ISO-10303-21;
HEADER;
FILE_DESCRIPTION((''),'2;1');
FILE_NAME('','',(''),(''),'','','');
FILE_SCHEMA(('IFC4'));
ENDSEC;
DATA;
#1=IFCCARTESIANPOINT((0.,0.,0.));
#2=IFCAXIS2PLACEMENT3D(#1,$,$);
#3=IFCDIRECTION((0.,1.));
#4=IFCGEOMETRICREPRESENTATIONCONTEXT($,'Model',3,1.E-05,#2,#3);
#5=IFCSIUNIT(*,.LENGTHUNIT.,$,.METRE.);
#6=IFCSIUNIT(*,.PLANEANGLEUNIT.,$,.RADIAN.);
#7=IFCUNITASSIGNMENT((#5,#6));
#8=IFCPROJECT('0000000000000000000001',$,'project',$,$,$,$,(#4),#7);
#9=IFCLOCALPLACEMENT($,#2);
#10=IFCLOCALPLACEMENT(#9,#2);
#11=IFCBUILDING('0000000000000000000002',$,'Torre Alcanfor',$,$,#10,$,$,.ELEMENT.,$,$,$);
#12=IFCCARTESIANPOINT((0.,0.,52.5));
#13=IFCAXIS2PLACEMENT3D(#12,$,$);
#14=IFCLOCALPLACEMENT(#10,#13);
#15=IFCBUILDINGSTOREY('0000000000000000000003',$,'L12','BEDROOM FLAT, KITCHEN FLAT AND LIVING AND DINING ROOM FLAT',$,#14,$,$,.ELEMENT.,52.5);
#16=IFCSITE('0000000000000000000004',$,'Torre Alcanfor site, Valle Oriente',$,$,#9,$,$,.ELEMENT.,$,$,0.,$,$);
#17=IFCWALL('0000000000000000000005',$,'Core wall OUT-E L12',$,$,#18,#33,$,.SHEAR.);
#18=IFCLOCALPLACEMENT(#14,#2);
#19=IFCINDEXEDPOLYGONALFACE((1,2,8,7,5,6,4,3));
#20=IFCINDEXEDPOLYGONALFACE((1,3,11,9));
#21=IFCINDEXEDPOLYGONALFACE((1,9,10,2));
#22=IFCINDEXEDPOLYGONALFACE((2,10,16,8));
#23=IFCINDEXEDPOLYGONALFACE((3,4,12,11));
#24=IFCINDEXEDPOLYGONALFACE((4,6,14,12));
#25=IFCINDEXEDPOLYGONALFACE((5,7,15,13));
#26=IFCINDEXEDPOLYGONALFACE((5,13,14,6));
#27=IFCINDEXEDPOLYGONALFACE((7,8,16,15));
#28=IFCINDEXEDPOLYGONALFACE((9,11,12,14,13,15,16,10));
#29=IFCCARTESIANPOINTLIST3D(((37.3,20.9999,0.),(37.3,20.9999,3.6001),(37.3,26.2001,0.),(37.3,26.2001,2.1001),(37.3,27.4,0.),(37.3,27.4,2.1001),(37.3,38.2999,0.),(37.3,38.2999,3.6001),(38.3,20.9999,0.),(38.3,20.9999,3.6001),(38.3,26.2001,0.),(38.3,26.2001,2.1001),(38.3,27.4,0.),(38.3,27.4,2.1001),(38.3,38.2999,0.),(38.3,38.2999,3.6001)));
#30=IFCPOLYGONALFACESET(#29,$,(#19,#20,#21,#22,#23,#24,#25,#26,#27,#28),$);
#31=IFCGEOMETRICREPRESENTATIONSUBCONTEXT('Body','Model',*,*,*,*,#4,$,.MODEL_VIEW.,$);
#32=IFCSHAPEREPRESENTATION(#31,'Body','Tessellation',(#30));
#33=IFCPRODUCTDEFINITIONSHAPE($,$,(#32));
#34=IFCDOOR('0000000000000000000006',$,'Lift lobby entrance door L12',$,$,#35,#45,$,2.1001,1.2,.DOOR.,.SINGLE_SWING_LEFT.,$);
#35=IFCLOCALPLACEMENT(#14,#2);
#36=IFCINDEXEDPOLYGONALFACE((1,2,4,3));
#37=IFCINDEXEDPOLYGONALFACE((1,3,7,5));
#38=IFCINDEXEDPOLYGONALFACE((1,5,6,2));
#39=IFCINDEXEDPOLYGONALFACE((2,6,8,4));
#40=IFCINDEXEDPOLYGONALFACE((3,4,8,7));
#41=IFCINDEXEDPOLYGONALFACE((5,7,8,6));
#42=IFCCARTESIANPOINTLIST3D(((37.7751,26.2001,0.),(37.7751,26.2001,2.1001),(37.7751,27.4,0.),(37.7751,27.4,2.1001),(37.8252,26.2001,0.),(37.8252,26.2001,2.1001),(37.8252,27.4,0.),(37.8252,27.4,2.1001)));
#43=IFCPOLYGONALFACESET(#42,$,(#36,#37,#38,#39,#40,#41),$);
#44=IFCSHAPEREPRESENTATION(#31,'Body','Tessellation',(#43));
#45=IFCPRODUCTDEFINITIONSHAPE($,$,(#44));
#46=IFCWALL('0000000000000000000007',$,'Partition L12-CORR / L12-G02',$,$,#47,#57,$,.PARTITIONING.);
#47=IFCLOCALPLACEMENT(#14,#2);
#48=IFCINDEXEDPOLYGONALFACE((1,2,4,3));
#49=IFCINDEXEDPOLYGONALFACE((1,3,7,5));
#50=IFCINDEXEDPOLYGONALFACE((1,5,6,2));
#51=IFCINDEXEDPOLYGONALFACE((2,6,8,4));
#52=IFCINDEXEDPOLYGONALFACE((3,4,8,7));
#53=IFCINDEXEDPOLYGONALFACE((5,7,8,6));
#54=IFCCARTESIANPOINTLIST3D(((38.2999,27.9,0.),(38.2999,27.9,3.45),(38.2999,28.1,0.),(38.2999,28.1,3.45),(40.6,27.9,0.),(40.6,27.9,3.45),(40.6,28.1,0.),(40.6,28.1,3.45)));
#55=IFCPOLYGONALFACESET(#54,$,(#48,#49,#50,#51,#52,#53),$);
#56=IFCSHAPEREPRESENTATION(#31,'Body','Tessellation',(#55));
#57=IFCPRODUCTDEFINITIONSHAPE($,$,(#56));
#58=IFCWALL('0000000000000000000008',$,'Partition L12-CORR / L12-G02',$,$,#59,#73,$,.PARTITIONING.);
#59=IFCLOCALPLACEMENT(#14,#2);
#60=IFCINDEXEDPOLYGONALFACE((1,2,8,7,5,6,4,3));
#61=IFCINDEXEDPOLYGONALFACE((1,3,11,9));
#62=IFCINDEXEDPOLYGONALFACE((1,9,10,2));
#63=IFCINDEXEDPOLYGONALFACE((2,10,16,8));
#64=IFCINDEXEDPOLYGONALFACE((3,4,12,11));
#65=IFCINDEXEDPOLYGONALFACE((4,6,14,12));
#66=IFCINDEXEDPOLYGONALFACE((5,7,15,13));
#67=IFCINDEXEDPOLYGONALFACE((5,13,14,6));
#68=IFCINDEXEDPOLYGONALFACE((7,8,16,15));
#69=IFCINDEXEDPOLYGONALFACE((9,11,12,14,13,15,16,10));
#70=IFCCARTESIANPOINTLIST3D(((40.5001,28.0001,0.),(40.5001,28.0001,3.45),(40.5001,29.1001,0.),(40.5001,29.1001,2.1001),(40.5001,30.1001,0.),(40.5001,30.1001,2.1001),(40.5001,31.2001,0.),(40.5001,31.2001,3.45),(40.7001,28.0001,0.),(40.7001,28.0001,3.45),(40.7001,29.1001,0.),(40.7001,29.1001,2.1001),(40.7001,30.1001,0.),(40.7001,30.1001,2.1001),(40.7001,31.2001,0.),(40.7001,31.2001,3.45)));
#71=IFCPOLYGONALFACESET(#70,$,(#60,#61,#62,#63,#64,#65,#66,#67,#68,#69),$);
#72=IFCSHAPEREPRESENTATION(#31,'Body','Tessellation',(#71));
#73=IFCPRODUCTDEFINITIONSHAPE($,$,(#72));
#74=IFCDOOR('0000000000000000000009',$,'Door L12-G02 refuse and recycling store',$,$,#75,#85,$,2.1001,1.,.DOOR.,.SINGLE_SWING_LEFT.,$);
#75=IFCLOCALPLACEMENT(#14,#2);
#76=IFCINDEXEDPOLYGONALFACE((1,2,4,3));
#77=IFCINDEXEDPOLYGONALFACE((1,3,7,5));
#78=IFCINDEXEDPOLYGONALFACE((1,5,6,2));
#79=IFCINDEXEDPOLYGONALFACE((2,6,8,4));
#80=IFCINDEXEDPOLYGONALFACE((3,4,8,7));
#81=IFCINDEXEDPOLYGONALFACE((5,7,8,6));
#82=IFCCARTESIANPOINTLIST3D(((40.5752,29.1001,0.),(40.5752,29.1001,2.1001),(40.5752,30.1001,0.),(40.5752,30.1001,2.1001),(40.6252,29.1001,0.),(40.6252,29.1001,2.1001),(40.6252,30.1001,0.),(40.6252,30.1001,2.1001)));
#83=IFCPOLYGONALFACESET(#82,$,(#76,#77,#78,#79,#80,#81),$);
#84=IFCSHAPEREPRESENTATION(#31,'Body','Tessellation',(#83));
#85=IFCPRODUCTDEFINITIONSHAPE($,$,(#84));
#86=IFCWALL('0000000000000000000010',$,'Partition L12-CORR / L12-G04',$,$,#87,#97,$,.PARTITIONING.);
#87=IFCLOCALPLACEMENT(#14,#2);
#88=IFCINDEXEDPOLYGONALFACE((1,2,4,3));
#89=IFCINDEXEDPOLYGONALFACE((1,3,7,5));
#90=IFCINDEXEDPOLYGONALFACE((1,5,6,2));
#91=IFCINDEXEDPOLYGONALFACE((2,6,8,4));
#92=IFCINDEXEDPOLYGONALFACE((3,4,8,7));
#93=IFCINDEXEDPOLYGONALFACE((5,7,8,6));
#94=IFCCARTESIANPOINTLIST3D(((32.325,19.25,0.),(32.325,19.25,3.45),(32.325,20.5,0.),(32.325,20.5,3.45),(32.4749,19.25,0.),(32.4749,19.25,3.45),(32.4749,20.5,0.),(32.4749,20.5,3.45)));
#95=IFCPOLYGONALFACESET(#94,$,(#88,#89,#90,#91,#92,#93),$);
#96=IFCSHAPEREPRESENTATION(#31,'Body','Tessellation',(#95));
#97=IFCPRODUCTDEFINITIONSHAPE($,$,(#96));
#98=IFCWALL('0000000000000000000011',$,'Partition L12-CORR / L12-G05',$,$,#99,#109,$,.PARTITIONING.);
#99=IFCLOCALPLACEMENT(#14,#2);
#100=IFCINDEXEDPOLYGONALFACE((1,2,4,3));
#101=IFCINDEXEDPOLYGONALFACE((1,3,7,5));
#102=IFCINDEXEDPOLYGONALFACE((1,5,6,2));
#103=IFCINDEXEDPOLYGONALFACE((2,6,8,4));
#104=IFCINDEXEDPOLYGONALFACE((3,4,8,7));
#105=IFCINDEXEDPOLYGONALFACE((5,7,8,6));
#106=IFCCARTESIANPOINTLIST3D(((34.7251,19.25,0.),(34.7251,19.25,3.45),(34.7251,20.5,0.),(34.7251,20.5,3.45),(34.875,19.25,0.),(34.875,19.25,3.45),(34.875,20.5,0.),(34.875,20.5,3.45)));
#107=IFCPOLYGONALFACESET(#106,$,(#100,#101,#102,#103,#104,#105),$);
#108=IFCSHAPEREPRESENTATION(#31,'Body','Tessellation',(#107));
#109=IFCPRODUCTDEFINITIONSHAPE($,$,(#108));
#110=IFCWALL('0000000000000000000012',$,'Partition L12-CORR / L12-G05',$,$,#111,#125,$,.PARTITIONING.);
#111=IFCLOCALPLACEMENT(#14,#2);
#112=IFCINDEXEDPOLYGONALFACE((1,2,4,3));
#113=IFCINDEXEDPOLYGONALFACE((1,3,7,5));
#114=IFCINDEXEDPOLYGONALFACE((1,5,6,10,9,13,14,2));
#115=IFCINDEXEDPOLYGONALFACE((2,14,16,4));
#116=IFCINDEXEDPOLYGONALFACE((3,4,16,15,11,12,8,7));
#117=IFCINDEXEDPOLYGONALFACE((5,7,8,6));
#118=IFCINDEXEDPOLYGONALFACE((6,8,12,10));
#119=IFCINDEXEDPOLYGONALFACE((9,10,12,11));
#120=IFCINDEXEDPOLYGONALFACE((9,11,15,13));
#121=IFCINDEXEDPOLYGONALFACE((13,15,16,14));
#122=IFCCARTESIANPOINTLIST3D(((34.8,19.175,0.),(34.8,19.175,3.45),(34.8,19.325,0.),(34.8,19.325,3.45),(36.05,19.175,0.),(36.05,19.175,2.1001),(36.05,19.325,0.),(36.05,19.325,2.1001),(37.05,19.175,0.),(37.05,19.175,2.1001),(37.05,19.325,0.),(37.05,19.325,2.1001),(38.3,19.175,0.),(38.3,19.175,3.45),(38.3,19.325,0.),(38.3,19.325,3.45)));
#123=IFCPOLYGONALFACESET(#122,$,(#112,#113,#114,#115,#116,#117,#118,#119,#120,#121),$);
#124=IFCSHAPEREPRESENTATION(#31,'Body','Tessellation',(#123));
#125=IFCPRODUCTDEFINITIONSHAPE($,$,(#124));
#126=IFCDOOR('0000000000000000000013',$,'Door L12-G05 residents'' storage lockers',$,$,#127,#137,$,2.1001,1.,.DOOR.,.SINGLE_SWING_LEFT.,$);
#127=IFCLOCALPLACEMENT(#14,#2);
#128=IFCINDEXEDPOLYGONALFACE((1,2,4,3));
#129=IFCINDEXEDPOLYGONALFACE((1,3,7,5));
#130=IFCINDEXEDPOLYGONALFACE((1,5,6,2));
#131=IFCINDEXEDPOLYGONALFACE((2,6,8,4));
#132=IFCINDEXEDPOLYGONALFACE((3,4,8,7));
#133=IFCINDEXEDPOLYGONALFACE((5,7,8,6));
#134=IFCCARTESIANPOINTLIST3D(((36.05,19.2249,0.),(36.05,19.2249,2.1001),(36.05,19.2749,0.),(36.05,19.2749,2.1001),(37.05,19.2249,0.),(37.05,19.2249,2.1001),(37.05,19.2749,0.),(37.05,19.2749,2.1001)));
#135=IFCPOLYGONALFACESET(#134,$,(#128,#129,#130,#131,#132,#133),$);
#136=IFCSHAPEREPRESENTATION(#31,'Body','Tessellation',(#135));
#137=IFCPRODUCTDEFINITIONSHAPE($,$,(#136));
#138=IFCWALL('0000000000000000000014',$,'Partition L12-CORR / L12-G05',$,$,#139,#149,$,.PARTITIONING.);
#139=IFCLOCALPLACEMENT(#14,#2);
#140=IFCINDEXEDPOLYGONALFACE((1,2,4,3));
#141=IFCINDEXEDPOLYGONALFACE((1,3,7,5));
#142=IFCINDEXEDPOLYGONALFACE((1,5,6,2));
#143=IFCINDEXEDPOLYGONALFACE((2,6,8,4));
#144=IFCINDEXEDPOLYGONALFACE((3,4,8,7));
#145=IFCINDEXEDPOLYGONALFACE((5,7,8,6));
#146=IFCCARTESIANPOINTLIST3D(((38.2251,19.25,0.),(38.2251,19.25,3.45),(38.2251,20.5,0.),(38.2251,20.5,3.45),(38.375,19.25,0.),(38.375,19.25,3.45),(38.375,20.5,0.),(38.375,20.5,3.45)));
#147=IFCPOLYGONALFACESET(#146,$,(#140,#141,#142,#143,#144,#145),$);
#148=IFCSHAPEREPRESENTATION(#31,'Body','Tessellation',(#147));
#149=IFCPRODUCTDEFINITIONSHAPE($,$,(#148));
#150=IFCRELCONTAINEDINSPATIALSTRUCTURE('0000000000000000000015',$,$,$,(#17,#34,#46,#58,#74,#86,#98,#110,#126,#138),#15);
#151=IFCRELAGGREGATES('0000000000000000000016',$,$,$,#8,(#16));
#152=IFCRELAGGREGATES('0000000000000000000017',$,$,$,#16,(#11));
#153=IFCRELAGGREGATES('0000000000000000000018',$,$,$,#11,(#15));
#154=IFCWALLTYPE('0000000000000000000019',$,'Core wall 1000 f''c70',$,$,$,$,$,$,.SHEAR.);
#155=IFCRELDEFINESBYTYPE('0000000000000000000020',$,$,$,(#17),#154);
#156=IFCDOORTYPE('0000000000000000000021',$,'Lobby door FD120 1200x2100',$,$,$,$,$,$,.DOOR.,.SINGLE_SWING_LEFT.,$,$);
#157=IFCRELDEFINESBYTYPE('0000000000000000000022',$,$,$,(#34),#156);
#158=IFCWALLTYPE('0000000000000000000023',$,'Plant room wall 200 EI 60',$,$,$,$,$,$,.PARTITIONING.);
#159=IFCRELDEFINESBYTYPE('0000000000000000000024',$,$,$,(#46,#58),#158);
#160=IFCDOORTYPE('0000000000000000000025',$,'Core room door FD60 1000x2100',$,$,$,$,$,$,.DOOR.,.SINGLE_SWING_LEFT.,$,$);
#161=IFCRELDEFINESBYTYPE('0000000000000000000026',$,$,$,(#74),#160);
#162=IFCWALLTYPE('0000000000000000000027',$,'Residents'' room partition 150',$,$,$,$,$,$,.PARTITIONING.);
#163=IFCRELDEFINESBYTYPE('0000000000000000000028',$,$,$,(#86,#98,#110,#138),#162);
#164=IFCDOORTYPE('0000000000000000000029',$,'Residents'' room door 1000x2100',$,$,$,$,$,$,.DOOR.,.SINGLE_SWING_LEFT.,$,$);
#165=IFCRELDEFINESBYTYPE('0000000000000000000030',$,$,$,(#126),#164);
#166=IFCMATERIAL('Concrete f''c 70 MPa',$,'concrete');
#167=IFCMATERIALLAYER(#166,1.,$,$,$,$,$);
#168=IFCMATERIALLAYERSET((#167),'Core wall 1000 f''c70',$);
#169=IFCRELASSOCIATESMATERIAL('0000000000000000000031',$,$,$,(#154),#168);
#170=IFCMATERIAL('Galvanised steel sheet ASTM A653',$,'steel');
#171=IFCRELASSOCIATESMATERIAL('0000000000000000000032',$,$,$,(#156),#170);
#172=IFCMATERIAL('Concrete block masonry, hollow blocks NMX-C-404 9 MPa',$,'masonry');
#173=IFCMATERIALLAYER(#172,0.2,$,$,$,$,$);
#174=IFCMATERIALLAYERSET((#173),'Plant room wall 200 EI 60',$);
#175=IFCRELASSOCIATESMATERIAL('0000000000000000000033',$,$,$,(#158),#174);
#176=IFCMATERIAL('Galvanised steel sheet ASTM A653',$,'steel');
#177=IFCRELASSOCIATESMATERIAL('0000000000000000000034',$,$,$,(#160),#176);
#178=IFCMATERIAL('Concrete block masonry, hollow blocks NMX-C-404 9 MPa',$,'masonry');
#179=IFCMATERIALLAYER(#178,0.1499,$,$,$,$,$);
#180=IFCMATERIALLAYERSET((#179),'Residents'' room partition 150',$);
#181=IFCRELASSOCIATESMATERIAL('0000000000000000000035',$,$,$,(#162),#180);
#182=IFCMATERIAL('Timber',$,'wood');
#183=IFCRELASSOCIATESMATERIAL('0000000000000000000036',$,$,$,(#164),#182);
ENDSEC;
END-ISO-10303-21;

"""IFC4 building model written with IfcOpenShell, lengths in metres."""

from ifc_helpers import new_model, si_unit, direction, frame, frame_2d, origin, place, context, subcontext, project, spatial, rectangle, extrude, material, layer, layer_set, type_object, element, fill, save


model = new_model("IFC4")

# Units and contexts
model_context = context("Model", 3, precision=1e-05, world=origin(), true_north=direction((0.0, 1.0)))
body_context = subcontext(model_context, "Body", "Model", "MODEL_VIEW")
ifc_project = project(units=[si_unit("LENGTHUNIT", "METRE"), si_unit("PLANEANGLEUNIT", "RADIAN")], contexts=[model_context])

# Site, building, storey
site_placement = place(None, origin())
site = spatial("IfcSite", under=ifc_project, at=site_placement, Name="Torre Alcanfor site, Valle Oriente", CompositionType="ELEMENT", RefElevation=0.0)
building_placement = place(site_placement, origin())
building = spatial("IfcBuilding", under=site, at=building_placement, Name="Torre Alcanfor", CompositionType="ELEMENT")
storey_placement = place(building_placement, frame((0.0, 0.0, 52.5)))
storey = spatial("IfcBuildingStorey", under=building, at=storey_placement, Name="L12", Description="BEDROOM FLAT, KITCHEN FLAT AND LIVING AND DINING ROOM FLAT", CompositionType="ELEMENT", Elevation=52.5)

# Wall, opening, door
ifc_material_1 = material(Name="Concrete f'c 70 MPa", Category="concrete")
ifc_layer_1 = layer(ifc_material_1, 1.0)
ifc_layer_set_1 = layer_set([ifc_layer_1], Name="Core wall 1000 f'c70")
wall_type_1 = type_object("IfcWallType", Name="Core wall 1000 f'c70", PredefinedType="SHEAR", material=ifc_layer_set_1)
wall_1_placement = place(storey_placement, frame((37.8, 21.0, 0.0), z_axis=(0.0, 0.0, 1.0), x_axis=(0.0, 1.0, 0.0)))
wall_1 = element("IfcWall", 1, at=wall_1_placement, inside=storey, type_object=wall_type_1, Name="Core wall OUT-E L12", PredefinedType="SHEAR", context=body_context, shape_type="SweptSolid", body=[
    extrude(rectangle(XDim=17.3, YDim=1.0, at=frame_2d((8.6499, 0.0))), origin(), (0.0, 0.0, 1.0), 3.6001),
])
opening_1_placement = place(wall_1_placement, frame((5.2, 0.0, 0.0)))
opening_1 = element("IfcOpeningElement", 2, at=opening_1_placement, cuts=wall_1, PredefinedType="OPENING", context=body_context, shape_type="SweptSolid", body=[
    extrude(rectangle(XDim=1.2, YDim=2.1001, at=frame_2d((0.6001, 1.05))), frame((0.0, 0.51, 0.0), z_axis=(0.0, -1.0, 0.0), x_axis=(1.0, 0.0, 0.0)), (0.0, 0.0, 1.0), 1.02),
])
ifc_material_2 = material(Name="Galvanised steel sheet ASTM A653", Category="steel")
door_type_1 = type_object("IfcDoorType", Name="Lobby door FD120 1200x2100", OperationType="SINGLE_SWING_LEFT", PredefinedType="DOOR", material=ifc_material_2)
door_1_placement = place(opening_1_placement, origin())
door_1 = element("IfcDoor", 3, at=door_1_placement, inside=storey, type_object=door_type_1, Name="Lift lobby entrance door L12", OperationType="SINGLE_SWING_LEFT", OverallHeight=2.1001, OverallWidth=1.2, PredefinedType="DOOR", context=body_context, shape_type="SweptSolid", body=[
    extrude(rectangle(XDim=1.2, YDim=2.1001, at=frame_2d((0.6001, 1.05))), frame((0.0, 0.0249, 0.0), z_axis=(0.0, -1.0, 0.0), x_axis=(1.0, 0.0, 0.0)), (0.0, 0.0, 1.0), 0.05),
])
fill(opening_1, door_1)

# Wall
ifc_material_3 = material(Name="Concrete block masonry, hollow blocks NMX-C-404 9 MPa", Category="masonry")
ifc_layer_2 = layer(ifc_material_3, 0.2)
ifc_layer_set_2 = layer_set([ifc_layer_2], Name="Plant room wall 200 EI 60")
wall_type_2 = type_object("IfcWallType", Name="Plant room wall 200 EI 60", PredefinedType="PARTITIONING", material=ifc_layer_set_2)
wall_2_placement = place(storey_placement, frame((38.3, 28.0, 0.0), z_axis=(0.0, 0.0, 1.0), x_axis=(1.0, 0.0, 0.0)))
element("IfcWall", 4, at=wall_2_placement, inside=storey, type_object=wall_type_2, Name="Partition L12-CORR / L12-G02", PredefinedType="PARTITIONING", context=body_context, shape_type="SweptSolid", body=[
    extrude(rectangle(XDim=2.3, YDim=0.2, at=frame_2d((1.1499, 0.0))), origin(), (0.0, 0.0, 1.0), 3.45),
])

# Wall, opening, door
wall_3_placement = place(storey_placement, frame((40.6001, 28.0, 0.0), z_axis=(0.0, 0.0, 1.0), x_axis=(0.0, 1.0, 0.0)))
wall_3 = element("IfcWall", 5, at=wall_3_placement, inside=storey, type_object=wall_type_2, Name="Partition L12-CORR / L12-G02", PredefinedType="PARTITIONING", context=body_context, shape_type="SweptSolid", body=[
    extrude(rectangle(XDim=3.2, YDim=0.2, at=frame_2d((1.6001, 0.0))), origin(), (0.0, 0.0, 1.0), 3.45),
])
opening_2_placement = place(wall_3_placement, frame((1.1001, 0.0, 0.0)))
opening_2 = element("IfcOpeningElement", 6, at=opening_2_placement, cuts=wall_3, PredefinedType="OPENING", context=body_context, shape_type="SweptSolid", body=[
    extrude(rectangle(XDim=1.0, YDim=2.1001, at=frame_2d((0.5, 1.05))), frame((0.0, 0.1099, 0.0), z_axis=(0.0, -1.0, 0.0), x_axis=(1.0, 0.0, 0.0)), (0.0, 0.0, 1.0), 0.22),
])
ifc_material_4 = material(Name="Galvanised steel sheet ASTM A653", Category="steel")
door_type_2 = type_object("IfcDoorType", Name="Core room door FD60 1000x2100", OperationType="SINGLE_SWING_LEFT", PredefinedType="DOOR", material=ifc_material_4)
door_2_placement = place(opening_2_placement, origin())
door_2 = element("IfcDoor", 7, at=door_2_placement, inside=storey, type_object=door_type_2, Name="Door L12-G02 refuse and recycling store", OperationType="SINGLE_SWING_LEFT", OverallHeight=2.1001, OverallWidth=1.0, PredefinedType="DOOR", context=body_context, shape_type="SweptSolid", body=[
    extrude(rectangle(XDim=1.0, YDim=2.1001, at=frame_2d((0.5, 1.05))), frame((0.0, 0.0249, 0.0), z_axis=(0.0, -1.0, 0.0), x_axis=(1.0, 0.0, 0.0)), (0.0, 0.0, 1.0), 0.05),
])
fill(opening_2, door_2)

# Walls
ifc_material_5 = material(Name="Concrete block masonry, hollow blocks NMX-C-404 9 MPa", Category="masonry")
ifc_layer_3 = layer(ifc_material_5, 0.1499)
ifc_layer_set_3 = layer_set([ifc_layer_3], Name="Residents' room partition 150")
wall_type_3 = type_object("IfcWallType", Name="Residents' room partition 150", PredefinedType="PARTITIONING", material=ifc_layer_set_3)
for number, where, z_axis, x_axis, name in (
    (8, (32.3999, 19.25, 0.0), (0.0, 0.0, 1.0), (0.0, 1.0, 0.0), "Partition L12-CORR / L12-G04"),
    (9, (34.8, 20.5, 0.0), (0.0, 0.0, 1.0), (0.0, -1.0, 0.0), "Partition L12-CORR / L12-G05"),
):
    element("IfcWall", number, at=place(storey_placement, frame(where, z_axis=z_axis, x_axis=x_axis)), inside=storey, type_object=wall_type_3, Name=name, PredefinedType="PARTITIONING", context=body_context, shape_type="SweptSolid", body=[
        extrude(rectangle(XDim=1.25, YDim=0.1499, at=frame_2d((0.625, 0.0))), origin(), (0.0, 0.0, 1.0), 3.45),
    ])

# Wall, opening, door
wall_4_placement = place(storey_placement, frame((34.8, 19.25, 0.0), z_axis=(0.0, 0.0, 1.0), x_axis=(1.0, 0.0, 0.0)))
wall_4 = element("IfcWall", 10, at=wall_4_placement, inside=storey, type_object=wall_type_3, Name="Partition L12-CORR / L12-G05", PredefinedType="PARTITIONING", context=body_context, shape_type="SweptSolid", body=[
    extrude(rectangle(XDim=3.5, YDim=0.1499, at=frame_2d((1.75, 0.0))), origin(), (0.0, 0.0, 1.0), 3.45),
])
opening_3_placement = place(wall_4_placement, frame((1.25, 0.0, 0.0)))
opening_3 = element("IfcOpeningElement", 11, at=opening_3_placement, cuts=wall_4, PredefinedType="OPENING", context=body_context, shape_type="SweptSolid", body=[
    extrude(rectangle(XDim=1.0, YDim=2.1001, at=frame_2d((0.5, 1.05))), frame((0.0, 0.085, 0.0), z_axis=(0.0, -1.0, 0.0), x_axis=(1.0, 0.0, 0.0)), (0.0, 0.0, 1.0), 0.1699),
])
ifc_material_6 = material(Name="Timber", Category="wood")
door_type_3 = type_object("IfcDoorType", Name="Residents' room door 1000x2100", OperationType="SINGLE_SWING_LEFT", PredefinedType="DOOR", material=ifc_material_6)
door_3_placement = place(opening_3_placement, origin())
door_3 = element("IfcDoor", 12, at=door_3_placement, inside=storey, type_object=door_type_3, Name="Door L12-G05 residents' storage lockers", OperationType="SINGLE_SWING_LEFT", OverallHeight=2.1001, OverallWidth=1.0, PredefinedType="DOOR", context=body_context, shape_type="SweptSolid", body=[
    extrude(rectangle(XDim=1.0, YDim=2.1001, at=frame_2d((0.5, 1.05))), frame((0.0, 0.0249, 0.0), z_axis=(0.0, -1.0, 0.0), x_axis=(1.0, 0.0, 0.0)), (0.0, 0.0, 1.0), 0.05),
])
fill(opening_3, door_3)

# Wall
wall_5_placement = place(storey_placement, frame((38.3, 19.25, 0.0), z_axis=(0.0, 0.0, 1.0), x_axis=(0.0, 1.0, 0.0)))
element("IfcWall", 13, at=wall_5_placement, inside=storey, type_object=wall_type_3, Name="Partition L12-CORR / L12-G05", PredefinedType="PARTITIONING", context=body_context, shape_type="SweptSolid", body=[
    extrude(rectangle(XDim=1.25, YDim=0.1499, at=frame_2d((0.625, 0.0))), origin(), (0.0, 0.0, 1.0), 3.45),
])

save(model, "model.ifc")
